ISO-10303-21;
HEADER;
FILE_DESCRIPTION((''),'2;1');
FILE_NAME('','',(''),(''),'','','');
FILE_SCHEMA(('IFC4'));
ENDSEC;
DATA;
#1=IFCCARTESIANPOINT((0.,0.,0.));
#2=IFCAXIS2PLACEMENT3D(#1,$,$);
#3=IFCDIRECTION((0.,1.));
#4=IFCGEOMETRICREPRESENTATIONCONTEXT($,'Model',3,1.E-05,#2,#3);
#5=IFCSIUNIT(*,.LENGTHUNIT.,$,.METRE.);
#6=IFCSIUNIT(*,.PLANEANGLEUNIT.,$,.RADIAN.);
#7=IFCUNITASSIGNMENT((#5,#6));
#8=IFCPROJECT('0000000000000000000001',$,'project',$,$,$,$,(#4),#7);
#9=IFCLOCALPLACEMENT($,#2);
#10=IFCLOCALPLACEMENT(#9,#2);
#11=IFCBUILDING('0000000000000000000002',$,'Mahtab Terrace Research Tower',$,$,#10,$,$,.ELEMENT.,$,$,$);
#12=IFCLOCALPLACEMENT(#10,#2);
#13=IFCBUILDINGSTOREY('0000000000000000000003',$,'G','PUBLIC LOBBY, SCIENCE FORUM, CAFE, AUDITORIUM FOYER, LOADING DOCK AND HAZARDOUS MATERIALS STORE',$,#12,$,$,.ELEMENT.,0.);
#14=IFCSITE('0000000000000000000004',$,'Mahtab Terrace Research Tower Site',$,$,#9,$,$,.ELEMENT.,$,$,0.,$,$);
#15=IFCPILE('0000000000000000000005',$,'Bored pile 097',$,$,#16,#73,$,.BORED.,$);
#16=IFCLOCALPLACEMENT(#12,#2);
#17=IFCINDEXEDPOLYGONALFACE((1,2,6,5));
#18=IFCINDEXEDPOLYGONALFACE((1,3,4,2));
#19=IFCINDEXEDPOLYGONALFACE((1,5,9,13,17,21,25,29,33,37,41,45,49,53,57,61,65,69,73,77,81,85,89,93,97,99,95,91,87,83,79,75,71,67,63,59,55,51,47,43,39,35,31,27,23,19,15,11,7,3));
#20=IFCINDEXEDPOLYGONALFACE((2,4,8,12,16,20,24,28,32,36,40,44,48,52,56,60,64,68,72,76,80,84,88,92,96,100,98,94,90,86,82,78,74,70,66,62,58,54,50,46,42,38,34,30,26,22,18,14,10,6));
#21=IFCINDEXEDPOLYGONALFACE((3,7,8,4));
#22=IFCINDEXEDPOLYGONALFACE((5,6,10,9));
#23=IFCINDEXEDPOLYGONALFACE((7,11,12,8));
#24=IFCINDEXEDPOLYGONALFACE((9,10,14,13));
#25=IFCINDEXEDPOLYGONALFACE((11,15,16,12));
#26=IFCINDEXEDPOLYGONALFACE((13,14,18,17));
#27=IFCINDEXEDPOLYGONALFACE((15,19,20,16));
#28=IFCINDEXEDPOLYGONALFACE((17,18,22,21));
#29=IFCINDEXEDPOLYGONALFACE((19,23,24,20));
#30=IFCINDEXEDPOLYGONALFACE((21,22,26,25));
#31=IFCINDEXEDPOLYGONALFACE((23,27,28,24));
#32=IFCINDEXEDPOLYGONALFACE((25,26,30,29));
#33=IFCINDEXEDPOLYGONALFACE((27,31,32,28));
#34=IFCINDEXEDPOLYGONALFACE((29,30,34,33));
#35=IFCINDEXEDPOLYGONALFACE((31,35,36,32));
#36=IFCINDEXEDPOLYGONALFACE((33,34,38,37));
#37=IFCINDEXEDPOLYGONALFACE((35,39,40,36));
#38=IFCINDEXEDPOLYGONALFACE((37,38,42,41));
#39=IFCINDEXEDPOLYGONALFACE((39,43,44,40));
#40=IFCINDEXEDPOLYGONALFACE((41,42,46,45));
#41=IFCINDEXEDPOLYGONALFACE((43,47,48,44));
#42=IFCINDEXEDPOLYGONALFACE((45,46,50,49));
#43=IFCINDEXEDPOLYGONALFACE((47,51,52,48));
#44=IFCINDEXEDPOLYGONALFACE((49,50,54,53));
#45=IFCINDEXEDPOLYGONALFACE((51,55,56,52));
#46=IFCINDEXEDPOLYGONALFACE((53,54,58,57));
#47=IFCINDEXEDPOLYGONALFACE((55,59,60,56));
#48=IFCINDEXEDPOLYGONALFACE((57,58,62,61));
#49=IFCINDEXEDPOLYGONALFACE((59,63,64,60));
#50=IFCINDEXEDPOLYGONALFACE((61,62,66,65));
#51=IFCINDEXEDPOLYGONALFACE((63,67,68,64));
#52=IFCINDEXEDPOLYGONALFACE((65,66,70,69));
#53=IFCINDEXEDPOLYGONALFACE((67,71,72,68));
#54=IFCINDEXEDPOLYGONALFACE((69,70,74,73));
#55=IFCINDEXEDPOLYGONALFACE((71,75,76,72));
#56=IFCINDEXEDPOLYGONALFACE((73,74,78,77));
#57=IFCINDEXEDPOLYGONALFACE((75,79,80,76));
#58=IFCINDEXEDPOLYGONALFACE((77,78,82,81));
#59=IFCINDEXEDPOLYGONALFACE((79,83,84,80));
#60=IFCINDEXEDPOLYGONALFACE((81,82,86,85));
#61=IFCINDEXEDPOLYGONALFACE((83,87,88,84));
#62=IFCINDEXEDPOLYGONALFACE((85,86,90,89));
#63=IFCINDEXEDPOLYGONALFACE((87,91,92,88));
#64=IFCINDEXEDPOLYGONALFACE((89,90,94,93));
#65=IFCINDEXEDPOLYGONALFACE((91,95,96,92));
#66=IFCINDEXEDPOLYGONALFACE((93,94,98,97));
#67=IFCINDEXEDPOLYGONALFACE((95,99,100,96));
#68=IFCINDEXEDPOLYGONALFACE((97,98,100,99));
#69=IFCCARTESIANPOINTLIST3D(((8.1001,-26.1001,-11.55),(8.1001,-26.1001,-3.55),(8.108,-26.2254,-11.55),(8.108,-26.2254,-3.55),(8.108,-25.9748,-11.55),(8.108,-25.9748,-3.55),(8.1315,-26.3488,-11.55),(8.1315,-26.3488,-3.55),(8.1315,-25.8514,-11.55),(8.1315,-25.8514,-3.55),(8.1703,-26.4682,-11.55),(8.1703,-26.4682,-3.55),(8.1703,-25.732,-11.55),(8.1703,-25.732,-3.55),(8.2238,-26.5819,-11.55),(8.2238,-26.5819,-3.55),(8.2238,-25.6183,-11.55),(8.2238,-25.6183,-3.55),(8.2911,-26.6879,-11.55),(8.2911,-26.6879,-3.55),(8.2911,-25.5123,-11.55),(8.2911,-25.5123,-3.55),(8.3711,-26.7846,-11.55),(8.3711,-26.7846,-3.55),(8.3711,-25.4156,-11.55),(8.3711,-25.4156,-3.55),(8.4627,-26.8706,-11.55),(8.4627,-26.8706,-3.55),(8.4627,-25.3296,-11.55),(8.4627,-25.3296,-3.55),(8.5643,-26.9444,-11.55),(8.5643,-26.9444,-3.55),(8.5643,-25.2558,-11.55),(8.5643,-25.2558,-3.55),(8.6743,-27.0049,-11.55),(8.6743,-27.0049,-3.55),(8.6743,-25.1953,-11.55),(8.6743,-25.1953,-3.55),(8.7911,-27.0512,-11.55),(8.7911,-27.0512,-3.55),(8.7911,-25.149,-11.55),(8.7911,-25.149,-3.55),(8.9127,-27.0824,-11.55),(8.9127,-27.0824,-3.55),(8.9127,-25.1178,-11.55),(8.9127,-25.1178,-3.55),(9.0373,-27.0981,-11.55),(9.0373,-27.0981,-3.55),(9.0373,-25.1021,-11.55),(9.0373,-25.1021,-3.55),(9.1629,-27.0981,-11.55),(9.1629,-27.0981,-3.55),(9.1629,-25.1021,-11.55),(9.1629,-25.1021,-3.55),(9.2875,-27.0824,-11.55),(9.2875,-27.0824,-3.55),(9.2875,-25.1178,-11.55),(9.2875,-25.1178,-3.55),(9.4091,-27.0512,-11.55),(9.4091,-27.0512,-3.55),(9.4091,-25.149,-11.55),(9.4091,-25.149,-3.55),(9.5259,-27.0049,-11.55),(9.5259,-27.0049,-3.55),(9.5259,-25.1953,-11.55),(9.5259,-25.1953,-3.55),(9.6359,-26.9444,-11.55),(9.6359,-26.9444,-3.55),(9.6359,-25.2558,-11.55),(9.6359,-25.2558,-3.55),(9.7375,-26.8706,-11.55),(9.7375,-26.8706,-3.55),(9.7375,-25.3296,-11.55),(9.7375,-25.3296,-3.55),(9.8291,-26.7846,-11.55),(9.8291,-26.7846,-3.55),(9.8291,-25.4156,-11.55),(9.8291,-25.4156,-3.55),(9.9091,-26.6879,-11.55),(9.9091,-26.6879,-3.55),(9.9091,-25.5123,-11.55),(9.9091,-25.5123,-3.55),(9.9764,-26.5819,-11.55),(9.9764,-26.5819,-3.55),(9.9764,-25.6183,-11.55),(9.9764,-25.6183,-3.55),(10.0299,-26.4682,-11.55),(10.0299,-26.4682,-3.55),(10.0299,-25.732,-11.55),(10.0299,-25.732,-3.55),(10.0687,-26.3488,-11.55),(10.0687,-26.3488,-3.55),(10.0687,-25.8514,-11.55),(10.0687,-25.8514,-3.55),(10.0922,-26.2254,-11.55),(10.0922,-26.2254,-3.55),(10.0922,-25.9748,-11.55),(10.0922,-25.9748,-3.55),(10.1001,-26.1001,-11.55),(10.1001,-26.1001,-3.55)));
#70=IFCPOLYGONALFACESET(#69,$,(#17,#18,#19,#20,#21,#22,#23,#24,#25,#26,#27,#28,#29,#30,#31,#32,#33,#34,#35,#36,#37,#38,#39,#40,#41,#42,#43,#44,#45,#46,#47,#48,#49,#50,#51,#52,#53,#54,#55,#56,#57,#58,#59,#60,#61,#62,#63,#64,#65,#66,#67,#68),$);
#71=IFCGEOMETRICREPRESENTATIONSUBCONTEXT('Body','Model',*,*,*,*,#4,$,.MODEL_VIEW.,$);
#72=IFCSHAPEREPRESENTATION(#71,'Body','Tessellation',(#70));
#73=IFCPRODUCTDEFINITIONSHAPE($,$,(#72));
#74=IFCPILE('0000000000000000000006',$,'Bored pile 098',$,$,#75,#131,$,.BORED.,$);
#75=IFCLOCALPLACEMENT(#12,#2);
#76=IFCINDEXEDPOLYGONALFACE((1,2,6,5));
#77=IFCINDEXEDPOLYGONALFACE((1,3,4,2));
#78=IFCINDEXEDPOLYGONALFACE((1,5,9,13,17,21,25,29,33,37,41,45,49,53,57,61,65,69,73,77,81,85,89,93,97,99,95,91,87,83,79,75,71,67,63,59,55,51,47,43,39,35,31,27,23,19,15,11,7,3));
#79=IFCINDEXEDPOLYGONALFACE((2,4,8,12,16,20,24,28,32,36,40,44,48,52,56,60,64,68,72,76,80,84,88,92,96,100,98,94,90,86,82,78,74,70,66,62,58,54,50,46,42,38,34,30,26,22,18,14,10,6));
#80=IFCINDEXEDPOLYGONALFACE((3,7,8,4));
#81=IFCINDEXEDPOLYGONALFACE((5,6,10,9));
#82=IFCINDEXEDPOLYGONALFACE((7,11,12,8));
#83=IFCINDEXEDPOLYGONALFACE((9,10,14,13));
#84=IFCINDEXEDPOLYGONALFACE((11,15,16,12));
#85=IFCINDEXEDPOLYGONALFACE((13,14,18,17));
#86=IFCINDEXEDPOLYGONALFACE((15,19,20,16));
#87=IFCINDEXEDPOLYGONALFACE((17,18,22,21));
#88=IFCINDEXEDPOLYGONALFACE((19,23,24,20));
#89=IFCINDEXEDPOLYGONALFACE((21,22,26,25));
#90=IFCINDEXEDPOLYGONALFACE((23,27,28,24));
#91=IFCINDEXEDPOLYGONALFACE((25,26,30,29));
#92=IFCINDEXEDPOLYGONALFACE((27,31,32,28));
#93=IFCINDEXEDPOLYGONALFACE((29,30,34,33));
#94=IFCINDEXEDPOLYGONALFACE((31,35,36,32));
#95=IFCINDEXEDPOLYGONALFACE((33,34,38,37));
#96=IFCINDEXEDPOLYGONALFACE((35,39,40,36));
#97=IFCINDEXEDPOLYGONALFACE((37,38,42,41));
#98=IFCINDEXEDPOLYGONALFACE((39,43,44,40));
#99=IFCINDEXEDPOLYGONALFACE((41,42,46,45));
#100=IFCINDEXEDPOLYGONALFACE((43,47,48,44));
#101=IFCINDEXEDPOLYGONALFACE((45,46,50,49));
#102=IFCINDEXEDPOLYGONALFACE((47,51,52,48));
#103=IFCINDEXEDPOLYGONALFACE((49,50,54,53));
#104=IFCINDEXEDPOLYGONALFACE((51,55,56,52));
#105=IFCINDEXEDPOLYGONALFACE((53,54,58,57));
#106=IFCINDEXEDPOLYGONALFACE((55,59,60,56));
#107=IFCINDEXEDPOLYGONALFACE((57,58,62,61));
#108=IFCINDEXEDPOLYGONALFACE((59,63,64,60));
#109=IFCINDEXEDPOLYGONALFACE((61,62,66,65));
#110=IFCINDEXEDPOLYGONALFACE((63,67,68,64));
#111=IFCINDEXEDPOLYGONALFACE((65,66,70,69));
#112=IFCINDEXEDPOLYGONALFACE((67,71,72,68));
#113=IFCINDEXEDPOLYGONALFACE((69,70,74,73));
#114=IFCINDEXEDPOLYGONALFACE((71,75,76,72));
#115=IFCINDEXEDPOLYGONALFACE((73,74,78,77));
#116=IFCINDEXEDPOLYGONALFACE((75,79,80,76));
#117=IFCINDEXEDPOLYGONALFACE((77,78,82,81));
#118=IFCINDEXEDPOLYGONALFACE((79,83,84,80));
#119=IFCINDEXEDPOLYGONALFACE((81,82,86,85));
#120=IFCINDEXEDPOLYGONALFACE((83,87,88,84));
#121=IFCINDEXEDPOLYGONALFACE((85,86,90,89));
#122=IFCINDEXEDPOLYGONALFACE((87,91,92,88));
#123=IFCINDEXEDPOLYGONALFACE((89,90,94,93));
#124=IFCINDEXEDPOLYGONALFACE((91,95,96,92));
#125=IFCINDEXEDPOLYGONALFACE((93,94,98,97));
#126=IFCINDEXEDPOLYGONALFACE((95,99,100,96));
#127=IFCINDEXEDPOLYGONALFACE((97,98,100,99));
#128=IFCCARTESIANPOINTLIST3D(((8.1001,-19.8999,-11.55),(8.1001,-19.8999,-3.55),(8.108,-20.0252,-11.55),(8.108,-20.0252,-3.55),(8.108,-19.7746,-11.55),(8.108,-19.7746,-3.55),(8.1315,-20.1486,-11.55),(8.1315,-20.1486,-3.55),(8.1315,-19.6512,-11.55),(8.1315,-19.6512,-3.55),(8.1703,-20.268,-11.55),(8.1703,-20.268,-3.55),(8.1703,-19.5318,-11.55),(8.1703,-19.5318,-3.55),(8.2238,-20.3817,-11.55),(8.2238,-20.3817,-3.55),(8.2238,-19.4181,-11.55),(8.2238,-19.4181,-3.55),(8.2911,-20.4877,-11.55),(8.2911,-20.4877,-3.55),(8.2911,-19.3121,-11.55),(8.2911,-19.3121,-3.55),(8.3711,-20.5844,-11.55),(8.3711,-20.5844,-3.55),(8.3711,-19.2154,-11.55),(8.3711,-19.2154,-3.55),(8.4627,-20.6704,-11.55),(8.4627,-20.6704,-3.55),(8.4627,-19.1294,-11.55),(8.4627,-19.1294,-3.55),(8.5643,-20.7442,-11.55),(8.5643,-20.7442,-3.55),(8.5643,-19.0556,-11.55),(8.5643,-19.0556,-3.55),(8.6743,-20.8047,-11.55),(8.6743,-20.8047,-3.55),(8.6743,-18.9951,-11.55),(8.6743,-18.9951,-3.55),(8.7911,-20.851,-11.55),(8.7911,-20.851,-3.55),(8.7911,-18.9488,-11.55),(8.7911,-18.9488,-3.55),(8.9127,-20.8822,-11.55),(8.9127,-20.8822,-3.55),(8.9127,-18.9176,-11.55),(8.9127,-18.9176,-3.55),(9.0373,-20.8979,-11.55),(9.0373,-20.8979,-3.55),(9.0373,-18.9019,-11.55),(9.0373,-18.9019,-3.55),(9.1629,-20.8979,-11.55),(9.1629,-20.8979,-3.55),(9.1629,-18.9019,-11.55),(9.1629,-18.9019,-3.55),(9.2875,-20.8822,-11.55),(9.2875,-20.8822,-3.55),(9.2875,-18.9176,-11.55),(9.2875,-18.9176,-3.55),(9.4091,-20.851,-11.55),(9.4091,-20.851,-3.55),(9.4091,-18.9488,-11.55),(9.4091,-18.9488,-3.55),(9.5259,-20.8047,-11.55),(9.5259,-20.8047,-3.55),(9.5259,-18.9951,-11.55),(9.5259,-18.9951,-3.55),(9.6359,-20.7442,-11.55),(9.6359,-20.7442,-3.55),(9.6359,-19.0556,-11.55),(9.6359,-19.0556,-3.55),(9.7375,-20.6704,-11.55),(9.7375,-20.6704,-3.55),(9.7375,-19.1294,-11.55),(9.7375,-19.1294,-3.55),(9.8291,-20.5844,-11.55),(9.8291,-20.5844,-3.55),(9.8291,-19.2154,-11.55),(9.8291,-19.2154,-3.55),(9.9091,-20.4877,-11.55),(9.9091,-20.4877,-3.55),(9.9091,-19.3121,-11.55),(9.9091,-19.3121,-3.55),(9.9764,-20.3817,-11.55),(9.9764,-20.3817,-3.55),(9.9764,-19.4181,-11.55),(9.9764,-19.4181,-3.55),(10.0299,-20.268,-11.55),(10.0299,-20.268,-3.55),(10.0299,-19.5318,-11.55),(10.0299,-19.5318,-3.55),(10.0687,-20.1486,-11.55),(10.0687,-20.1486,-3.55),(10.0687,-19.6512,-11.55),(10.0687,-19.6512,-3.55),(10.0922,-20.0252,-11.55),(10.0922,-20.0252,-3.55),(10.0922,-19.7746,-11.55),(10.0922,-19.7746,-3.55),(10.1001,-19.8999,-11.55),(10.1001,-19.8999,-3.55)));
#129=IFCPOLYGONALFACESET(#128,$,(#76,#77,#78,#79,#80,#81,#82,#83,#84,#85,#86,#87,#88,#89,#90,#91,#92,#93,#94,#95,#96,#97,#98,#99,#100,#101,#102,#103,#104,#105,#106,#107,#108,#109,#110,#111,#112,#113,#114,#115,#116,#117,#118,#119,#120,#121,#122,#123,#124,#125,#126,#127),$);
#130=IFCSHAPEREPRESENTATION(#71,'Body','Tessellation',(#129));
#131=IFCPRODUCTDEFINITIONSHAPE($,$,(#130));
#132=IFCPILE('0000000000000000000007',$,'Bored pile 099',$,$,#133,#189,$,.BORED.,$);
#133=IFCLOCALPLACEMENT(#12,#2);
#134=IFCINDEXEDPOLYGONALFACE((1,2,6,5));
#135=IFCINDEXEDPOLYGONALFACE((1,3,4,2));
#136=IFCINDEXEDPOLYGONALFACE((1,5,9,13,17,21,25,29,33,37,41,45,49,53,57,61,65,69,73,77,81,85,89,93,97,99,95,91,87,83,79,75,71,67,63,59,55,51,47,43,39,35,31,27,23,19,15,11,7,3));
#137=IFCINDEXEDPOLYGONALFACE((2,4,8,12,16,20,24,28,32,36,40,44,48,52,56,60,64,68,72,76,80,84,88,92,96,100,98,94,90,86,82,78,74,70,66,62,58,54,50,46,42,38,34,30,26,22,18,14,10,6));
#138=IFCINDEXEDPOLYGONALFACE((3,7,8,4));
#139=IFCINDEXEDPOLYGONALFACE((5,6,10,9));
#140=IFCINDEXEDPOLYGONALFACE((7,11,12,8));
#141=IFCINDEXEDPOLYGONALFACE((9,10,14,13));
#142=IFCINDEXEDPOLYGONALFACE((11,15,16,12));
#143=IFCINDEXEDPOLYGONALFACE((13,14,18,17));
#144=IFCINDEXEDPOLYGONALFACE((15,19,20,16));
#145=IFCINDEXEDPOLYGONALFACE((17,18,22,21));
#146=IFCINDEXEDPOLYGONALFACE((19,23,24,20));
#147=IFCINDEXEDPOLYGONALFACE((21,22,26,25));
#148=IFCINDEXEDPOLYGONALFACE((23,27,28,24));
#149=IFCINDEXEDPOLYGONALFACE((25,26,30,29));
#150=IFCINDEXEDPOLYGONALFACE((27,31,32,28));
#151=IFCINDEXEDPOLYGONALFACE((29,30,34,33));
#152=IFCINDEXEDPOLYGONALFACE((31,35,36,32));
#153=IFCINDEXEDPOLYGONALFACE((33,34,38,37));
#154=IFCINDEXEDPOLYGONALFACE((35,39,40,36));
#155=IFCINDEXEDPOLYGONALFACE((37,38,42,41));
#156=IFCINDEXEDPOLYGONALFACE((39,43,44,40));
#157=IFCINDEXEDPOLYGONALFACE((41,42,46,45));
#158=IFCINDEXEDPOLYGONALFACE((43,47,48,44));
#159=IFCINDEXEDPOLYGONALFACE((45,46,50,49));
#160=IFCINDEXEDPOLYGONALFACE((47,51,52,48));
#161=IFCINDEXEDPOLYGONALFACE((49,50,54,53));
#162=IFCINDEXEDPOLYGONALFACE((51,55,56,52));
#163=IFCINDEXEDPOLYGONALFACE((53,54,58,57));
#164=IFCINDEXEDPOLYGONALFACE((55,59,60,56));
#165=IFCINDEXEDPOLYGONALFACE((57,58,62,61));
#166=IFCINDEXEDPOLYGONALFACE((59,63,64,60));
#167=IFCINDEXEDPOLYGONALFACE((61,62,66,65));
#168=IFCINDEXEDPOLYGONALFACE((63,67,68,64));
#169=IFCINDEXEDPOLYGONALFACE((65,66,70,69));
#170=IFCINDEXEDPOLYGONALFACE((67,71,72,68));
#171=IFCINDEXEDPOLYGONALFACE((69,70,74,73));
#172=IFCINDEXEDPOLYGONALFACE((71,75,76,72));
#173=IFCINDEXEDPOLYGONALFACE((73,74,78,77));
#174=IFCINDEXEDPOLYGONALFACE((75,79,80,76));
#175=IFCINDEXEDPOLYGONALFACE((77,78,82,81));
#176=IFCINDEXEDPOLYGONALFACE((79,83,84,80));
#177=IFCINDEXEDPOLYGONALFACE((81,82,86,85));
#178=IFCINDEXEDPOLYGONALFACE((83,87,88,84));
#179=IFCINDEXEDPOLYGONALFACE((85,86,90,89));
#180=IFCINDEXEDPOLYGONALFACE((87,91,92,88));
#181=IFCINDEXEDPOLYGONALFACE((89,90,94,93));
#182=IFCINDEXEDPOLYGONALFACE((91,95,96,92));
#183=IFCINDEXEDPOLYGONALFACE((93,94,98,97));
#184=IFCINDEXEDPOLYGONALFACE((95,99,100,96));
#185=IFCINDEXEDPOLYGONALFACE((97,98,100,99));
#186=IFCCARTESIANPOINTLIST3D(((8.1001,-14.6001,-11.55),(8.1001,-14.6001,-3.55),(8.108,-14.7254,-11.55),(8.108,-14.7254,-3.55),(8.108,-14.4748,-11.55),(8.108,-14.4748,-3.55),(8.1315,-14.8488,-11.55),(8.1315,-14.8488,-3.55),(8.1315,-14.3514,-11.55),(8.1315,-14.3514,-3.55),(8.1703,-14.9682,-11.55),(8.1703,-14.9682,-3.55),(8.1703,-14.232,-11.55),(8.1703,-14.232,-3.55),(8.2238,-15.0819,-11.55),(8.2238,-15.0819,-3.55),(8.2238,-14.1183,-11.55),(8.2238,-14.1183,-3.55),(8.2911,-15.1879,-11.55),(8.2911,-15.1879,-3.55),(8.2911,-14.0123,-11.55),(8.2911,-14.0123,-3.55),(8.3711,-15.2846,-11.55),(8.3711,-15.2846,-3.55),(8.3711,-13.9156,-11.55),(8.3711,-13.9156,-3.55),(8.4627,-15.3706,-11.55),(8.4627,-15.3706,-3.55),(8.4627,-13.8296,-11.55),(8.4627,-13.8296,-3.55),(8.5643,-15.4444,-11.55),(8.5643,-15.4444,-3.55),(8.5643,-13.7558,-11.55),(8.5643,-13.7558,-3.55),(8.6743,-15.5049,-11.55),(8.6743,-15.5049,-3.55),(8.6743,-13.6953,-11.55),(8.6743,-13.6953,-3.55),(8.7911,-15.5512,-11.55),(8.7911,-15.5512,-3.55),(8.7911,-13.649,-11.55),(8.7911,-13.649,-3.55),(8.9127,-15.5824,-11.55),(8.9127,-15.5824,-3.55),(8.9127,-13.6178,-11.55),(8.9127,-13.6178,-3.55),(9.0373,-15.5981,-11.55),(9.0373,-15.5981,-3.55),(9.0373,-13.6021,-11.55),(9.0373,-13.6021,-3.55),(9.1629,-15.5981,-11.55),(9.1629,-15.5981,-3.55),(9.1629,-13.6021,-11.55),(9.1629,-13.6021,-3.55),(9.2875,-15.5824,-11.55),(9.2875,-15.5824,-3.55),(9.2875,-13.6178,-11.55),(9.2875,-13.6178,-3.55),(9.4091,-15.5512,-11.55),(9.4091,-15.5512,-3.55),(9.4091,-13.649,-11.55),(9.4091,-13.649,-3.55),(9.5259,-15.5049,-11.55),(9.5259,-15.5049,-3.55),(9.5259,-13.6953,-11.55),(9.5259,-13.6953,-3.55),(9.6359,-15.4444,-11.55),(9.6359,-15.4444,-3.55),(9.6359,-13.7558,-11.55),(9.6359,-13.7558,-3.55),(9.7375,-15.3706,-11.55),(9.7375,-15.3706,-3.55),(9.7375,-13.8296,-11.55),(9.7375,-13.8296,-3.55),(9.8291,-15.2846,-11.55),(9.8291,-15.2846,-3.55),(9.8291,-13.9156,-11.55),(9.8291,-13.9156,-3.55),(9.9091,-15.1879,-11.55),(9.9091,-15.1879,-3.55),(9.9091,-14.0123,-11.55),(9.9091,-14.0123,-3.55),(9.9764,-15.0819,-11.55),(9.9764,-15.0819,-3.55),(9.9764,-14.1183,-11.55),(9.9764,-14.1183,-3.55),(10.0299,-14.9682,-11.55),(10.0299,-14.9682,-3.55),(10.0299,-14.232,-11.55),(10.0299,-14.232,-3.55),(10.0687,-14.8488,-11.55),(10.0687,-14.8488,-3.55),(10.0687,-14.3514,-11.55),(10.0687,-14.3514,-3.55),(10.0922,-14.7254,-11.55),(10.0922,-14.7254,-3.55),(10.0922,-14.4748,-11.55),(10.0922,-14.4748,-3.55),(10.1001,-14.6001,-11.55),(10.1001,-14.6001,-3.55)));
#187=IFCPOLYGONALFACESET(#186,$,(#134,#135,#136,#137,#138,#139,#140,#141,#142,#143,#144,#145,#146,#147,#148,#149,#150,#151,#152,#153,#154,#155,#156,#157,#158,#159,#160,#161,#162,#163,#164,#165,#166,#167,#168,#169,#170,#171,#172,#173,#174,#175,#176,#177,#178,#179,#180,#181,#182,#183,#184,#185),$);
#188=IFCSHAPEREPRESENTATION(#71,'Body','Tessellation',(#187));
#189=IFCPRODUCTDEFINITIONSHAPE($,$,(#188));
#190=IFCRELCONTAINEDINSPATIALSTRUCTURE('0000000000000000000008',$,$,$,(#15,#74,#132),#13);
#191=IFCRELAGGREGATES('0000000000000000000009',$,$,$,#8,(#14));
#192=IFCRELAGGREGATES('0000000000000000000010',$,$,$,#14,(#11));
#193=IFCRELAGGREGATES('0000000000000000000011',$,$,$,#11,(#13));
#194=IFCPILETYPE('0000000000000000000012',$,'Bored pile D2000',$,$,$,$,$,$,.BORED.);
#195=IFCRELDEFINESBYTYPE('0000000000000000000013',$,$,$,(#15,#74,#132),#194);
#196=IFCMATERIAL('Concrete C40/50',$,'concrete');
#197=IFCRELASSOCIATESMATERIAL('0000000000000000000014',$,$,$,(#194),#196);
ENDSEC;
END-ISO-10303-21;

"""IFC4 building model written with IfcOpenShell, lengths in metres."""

from ifc_helpers import new_model, si_unit, direction, frame, origin, origin_2d, place, context, subcontext, project, spatial, circle, extrude, material, material_profile, profile_set, type_object, element, save


model = new_model("IFC4")

# Units and contexts
model_context = context("Model", 3, precision=1e-05, world=origin(), true_north=direction((0.0, 1.0)))
body_context = subcontext(model_context, "Body", "Model", "MODEL_VIEW")
ifc_project = project(units=[si_unit("LENGTHUNIT", "METRE"), si_unit("PLANEANGLEUNIT", "RADIAN")], contexts=[model_context])

# Site, building, storey
site_placement = place(None, origin())
site = spatial("IfcSite", under=ifc_project, at=site_placement, Name="Mahtab Terrace Research Tower Site", CompositionType="ELEMENT", RefElevation=0.0)
building_placement = place(site_placement, origin())
building = spatial("IfcBuilding", under=site, at=building_placement, Name="Mahtab Terrace Research Tower", CompositionType="ELEMENT")
storey_placement = place(building_placement, origin())
storey = spatial("IfcBuildingStorey", under=building, at=storey_placement, Name="G", Description="PUBLIC LOBBY, SCIENCE FORUM, CAFE, AUDITORIUM FOYER, LOADING DOCK AND HAZARDOUS MATERIALS STORE", CompositionType="ELEMENT", Elevation=0.0)

# Piles
ifc_material_1 = material(Name="Concrete C40/50", Category="concrete")
ifc_material_profile_1 = material_profile(ifc_material_1, circle(Radius=1.0, at=origin_2d()), Name="Bored pile D2000")
ifc_profile_set_1 = profile_set([ifc_material_profile_1], Name="Concrete C40/50")
pile_type_1 = type_object("IfcPileType", Name="Bored pile D2000", PredefinedType="BORED", material=ifc_profile_set_1)
for number, where, z_axis, x_axis, name in (
    (1, (9.1001, -26.1001, -3.55), (0.0, 0.0, -1.0), (1.0, 0.0, 0.0), "Bored pile 097"),
    (2, (9.1001, -19.8999, -3.55), (0.0, 0.0, -1.0), (1.0, 0.0, 0.0), "Bored pile 098"),
    (3, (9.1001, -14.6001, -3.55), (0.0, 0.0, -1.0), (1.0, 0.0, 0.0), "Bored pile 099"),
):
    element("IfcPile", number, at=place(storey_placement, frame(where, z_axis=z_axis, x_axis=x_axis)), inside=storey, type_object=pile_type_1, Name=name, PredefinedType="BORED", context=body_context, shape_type="SweptSolid", body=[
        extrude(circle(Radius=1.0, at=origin_2d()), origin(), (0.0, 0.0, 1.0), 8.0),
    ])

save(model, "model.ifc")
